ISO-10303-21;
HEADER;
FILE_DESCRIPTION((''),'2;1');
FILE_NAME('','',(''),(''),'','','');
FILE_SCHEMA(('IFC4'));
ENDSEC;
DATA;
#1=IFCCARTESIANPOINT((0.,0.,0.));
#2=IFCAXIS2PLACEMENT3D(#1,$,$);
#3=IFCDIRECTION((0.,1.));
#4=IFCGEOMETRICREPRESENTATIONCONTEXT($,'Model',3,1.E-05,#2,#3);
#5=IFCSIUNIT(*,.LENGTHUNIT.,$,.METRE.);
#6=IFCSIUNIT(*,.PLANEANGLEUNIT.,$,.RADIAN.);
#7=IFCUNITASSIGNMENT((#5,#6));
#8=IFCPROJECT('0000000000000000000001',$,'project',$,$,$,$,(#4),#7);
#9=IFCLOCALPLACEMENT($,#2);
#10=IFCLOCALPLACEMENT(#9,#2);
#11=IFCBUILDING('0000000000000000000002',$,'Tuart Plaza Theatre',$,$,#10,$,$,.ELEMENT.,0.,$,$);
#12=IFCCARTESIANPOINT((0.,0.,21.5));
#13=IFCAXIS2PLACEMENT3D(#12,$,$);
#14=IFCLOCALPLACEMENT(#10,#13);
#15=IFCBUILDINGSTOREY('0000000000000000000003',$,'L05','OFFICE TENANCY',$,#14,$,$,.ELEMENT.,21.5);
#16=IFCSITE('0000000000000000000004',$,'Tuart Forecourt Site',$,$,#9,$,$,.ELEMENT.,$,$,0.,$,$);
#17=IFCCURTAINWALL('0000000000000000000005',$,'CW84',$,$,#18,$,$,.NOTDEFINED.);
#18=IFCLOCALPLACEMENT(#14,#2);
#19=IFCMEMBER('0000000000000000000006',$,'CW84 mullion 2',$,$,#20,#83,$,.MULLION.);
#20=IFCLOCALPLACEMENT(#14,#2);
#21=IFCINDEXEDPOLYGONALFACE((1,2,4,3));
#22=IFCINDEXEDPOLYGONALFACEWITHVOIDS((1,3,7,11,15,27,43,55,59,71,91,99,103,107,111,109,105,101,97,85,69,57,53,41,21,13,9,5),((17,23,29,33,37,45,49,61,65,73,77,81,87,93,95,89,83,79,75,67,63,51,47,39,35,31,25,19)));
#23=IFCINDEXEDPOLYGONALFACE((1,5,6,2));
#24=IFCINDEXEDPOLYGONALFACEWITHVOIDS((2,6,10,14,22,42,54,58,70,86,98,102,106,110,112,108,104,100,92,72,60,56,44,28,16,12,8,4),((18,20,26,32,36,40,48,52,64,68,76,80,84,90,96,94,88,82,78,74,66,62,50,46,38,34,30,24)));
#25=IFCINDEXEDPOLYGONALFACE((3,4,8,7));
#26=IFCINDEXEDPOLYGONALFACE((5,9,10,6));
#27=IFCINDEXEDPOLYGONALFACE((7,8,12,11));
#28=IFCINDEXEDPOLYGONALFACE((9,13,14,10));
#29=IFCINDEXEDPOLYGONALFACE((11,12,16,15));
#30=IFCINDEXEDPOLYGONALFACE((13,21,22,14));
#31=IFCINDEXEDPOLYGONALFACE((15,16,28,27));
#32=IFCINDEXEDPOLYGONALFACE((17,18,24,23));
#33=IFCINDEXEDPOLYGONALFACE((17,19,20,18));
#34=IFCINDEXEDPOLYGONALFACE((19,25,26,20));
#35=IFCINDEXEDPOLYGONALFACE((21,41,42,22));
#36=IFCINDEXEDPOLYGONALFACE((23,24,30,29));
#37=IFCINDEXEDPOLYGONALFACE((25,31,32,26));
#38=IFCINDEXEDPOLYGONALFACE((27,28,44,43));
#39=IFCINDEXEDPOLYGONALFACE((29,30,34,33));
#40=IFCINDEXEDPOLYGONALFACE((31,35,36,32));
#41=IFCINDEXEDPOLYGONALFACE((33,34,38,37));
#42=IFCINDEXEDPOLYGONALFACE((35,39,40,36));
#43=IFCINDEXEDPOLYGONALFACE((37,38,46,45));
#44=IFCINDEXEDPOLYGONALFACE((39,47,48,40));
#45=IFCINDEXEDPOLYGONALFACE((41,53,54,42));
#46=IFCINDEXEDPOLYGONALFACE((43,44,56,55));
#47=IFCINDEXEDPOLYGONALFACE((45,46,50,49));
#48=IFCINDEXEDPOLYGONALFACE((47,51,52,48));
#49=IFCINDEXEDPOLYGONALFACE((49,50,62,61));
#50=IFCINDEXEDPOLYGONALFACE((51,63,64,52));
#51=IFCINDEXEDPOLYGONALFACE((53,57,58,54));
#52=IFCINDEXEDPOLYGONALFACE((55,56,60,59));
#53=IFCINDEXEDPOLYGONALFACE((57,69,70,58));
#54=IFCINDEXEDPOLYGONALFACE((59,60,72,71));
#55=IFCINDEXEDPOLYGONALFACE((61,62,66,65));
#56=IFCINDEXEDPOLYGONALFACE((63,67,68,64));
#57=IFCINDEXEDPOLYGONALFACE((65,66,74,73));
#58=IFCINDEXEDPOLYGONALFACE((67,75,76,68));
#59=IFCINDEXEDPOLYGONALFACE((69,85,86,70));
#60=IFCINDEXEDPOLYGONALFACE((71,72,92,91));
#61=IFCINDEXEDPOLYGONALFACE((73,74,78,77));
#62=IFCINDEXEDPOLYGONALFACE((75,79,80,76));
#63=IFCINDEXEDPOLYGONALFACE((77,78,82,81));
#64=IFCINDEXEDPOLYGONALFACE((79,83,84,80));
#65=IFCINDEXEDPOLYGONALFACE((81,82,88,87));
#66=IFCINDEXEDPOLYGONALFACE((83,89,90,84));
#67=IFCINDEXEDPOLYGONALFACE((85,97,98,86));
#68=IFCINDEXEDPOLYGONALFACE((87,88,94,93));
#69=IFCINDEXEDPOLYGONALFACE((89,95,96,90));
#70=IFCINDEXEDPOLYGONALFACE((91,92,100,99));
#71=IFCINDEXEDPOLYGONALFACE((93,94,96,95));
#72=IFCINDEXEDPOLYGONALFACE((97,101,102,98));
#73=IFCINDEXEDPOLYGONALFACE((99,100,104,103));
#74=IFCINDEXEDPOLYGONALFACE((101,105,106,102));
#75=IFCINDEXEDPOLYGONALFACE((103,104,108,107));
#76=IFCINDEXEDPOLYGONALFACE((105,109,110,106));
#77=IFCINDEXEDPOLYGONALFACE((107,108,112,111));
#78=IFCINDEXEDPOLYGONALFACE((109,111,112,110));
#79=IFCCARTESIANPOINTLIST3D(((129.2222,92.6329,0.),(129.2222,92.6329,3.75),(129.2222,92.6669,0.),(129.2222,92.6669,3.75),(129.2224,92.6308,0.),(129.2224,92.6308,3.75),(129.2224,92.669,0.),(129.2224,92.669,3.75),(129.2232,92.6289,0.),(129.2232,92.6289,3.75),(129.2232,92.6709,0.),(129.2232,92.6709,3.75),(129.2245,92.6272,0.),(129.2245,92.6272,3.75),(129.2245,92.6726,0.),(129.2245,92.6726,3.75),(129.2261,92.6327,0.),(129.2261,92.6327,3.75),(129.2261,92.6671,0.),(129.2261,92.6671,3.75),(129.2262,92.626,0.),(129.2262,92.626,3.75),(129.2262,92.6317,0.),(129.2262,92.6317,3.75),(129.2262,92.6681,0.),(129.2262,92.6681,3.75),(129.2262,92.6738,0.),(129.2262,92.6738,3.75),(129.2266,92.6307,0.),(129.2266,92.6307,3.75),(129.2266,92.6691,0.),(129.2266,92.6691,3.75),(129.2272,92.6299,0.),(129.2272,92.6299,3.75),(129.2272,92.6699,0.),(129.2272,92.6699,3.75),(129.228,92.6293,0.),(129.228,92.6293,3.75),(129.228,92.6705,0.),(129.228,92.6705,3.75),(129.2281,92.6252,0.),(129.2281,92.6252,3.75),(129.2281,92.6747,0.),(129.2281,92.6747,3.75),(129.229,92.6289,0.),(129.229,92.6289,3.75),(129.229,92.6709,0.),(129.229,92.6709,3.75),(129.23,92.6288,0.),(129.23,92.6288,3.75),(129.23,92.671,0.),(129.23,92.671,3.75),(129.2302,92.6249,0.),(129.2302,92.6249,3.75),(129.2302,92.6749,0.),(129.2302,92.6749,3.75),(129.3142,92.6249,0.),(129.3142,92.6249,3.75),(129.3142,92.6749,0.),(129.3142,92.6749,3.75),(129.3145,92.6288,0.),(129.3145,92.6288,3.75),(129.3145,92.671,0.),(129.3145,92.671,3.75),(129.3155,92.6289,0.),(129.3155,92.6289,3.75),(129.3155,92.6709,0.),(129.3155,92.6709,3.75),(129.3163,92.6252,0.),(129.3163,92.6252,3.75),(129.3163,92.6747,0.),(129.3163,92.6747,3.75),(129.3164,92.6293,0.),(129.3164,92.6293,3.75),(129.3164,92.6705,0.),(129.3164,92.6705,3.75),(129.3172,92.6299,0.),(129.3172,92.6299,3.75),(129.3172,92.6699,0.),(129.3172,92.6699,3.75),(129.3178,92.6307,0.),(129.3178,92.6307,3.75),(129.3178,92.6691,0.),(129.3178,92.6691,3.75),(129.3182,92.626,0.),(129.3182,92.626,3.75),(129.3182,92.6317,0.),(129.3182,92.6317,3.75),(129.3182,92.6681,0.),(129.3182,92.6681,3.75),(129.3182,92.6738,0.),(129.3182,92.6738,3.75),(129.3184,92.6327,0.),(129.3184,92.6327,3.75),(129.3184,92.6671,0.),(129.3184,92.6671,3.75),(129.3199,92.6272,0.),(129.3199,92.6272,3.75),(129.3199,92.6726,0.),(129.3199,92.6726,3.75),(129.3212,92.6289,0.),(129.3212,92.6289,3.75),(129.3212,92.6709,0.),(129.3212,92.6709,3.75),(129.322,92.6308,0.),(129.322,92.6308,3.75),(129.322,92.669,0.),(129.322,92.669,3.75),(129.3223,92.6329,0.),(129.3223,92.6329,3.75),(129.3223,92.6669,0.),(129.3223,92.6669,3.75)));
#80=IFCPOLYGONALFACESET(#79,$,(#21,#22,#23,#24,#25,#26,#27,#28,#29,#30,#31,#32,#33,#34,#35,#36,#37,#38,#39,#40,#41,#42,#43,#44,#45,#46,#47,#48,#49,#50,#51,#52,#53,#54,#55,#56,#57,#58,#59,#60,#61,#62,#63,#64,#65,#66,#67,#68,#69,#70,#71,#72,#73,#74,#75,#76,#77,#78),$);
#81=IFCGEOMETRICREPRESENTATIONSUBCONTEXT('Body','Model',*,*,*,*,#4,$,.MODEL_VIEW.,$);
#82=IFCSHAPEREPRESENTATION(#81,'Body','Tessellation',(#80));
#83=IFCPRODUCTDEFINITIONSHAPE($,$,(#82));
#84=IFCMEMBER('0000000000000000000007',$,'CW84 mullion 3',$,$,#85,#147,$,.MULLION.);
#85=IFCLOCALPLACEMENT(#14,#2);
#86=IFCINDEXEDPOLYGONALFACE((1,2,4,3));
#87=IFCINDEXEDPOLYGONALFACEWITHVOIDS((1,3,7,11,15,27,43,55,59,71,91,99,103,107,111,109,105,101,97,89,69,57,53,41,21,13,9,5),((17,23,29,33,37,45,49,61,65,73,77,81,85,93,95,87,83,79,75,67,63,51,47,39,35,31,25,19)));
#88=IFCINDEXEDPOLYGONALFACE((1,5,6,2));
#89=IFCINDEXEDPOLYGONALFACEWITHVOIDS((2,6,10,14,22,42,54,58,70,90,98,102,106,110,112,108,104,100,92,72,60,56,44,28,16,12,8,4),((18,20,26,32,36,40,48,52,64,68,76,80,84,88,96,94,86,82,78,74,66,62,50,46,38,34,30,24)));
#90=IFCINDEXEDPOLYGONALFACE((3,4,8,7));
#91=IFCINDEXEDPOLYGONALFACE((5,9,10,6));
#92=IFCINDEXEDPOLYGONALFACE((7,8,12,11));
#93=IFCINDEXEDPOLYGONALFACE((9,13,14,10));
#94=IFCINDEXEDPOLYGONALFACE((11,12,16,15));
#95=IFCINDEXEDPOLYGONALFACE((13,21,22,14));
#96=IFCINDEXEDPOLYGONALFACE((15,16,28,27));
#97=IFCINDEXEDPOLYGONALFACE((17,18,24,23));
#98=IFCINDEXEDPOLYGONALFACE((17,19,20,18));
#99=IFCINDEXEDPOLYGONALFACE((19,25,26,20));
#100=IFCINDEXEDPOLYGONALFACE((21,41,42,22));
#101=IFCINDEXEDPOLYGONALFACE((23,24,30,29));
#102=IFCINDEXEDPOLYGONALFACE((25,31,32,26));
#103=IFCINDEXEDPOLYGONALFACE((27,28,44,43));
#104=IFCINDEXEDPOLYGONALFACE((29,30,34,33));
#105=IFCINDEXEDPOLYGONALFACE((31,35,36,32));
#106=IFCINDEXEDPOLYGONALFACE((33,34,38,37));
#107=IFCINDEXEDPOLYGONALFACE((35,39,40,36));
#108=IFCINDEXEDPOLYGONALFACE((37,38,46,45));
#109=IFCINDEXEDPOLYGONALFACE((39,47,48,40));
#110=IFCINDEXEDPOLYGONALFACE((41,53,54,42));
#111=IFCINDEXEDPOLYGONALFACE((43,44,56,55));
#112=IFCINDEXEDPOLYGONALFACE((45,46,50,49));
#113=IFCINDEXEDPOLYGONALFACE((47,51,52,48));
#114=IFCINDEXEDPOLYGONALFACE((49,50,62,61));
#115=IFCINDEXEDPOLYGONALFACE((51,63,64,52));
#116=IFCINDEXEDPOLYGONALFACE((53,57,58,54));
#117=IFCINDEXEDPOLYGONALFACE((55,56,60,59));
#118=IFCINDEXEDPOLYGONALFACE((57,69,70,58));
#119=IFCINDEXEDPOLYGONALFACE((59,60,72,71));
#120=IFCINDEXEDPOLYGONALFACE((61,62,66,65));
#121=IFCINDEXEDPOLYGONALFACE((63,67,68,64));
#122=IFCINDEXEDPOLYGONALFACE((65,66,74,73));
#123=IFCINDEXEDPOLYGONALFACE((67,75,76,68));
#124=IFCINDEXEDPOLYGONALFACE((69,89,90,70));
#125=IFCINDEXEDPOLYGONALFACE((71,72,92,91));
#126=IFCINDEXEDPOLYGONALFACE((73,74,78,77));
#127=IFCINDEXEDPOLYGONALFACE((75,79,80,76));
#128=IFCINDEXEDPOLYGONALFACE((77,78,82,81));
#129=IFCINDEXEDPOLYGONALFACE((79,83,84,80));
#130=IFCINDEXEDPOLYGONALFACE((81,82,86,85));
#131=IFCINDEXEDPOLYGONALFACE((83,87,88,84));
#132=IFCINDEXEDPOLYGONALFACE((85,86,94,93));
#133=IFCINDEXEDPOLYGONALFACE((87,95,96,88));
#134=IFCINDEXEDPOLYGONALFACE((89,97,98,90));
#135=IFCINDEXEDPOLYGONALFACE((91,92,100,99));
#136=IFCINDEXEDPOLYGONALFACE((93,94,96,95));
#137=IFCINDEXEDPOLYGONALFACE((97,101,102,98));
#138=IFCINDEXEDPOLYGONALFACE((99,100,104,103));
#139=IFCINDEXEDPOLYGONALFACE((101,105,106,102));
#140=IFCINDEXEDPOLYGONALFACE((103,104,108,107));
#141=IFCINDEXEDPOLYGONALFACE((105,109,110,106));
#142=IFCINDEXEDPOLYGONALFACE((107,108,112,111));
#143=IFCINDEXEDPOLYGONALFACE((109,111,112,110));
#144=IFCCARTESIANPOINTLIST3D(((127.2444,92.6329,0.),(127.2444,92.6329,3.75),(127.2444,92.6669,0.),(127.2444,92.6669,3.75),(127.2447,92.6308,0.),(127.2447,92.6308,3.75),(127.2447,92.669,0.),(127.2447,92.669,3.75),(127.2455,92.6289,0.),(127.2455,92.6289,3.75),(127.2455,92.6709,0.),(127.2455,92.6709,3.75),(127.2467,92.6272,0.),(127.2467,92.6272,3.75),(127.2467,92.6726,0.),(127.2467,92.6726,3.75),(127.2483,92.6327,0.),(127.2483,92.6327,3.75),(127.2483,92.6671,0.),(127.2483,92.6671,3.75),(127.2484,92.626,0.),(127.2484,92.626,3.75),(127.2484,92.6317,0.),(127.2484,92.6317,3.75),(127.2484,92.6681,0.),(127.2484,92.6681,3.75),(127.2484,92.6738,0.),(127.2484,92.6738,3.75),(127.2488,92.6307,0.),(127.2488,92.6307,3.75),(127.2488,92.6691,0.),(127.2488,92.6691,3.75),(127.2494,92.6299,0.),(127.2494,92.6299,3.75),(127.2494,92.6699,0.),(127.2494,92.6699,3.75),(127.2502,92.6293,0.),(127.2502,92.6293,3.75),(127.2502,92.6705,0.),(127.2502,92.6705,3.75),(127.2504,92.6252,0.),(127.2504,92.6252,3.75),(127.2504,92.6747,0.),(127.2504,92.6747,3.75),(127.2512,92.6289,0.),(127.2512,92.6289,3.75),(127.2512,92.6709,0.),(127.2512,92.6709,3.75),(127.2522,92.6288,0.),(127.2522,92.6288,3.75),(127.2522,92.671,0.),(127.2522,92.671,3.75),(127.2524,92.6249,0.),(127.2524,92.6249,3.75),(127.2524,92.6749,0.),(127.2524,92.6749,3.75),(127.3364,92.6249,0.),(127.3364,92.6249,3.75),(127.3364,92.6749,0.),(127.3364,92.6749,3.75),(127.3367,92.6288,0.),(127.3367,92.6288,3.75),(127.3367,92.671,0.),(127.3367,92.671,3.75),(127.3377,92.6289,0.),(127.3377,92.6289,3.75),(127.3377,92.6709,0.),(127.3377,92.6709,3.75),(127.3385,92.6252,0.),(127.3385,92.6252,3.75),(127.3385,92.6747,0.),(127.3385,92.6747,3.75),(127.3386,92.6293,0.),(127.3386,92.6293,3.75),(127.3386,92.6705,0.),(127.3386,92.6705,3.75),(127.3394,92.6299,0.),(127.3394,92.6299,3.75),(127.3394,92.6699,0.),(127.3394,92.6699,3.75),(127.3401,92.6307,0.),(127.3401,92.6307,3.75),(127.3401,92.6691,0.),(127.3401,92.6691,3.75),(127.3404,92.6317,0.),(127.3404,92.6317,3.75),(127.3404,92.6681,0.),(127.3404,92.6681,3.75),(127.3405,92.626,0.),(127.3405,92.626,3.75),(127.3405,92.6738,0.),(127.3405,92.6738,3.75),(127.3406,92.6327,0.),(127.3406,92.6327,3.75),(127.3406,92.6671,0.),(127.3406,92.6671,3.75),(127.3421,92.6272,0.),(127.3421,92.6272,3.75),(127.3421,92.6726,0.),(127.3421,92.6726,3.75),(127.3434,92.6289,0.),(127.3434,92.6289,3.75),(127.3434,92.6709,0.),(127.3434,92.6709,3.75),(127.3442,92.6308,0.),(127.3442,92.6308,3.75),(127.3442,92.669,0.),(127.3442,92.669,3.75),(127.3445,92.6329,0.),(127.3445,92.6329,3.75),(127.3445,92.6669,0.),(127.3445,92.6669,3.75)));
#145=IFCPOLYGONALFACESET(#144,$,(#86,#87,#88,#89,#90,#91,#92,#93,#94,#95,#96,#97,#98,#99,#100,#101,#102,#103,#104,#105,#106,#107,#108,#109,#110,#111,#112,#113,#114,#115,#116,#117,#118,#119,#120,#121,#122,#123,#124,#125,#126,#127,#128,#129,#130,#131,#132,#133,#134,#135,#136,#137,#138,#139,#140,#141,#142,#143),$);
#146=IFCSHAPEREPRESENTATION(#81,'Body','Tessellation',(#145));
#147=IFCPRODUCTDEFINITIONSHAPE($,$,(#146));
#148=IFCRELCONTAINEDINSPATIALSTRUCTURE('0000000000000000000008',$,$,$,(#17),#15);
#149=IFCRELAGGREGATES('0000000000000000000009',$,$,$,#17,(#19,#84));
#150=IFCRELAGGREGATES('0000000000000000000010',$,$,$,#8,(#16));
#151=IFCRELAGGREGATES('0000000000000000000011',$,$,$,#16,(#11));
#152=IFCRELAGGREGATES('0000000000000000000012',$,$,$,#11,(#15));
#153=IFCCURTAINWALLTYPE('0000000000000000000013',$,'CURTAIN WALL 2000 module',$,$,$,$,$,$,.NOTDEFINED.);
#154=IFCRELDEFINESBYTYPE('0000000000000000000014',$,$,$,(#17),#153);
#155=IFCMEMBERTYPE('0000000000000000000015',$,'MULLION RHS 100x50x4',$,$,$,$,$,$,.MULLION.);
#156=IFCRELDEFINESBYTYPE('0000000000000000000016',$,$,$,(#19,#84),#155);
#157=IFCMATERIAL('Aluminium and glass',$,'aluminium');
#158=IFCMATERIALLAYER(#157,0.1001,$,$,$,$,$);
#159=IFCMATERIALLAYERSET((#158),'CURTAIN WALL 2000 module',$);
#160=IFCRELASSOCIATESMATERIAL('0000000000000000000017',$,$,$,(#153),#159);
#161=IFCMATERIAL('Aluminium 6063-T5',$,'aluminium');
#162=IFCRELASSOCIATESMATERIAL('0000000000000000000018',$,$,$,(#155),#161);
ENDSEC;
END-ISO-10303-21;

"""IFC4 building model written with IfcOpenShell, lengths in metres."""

from ifc_helpers import new_model, si_unit, direction, frame, origin, origin_2d, place, context, subcontext, project, spatial, hollow_rectangle, extrude, material, layer, layer_set, material_profile, profile_set, type_object, element, aggregate, save


model = new_model("IFC4")

# Units and contexts
model_context = context("Model", 3, precision=1e-05, world=origin(), true_north=direction((0.0, 1.0)))
body_context = subcontext(model_context, "Body", "Model", "MODEL_VIEW")
ifc_project = project(units=[si_unit("LENGTHUNIT", "METRE"), si_unit("PLANEANGLEUNIT", "RADIAN")], contexts=[model_context])

# Site, building, storey
site_placement = place(None, origin())
site = spatial("IfcSite", under=ifc_project, at=site_placement, Name="Tuart Forecourt Site", CompositionType="ELEMENT", RefElevation=0.0)
building_placement = place(site_placement, origin())
building = spatial("IfcBuilding", under=site, at=building_placement, Name="Tuart Plaza Theatre", CompositionType="ELEMENT", ElevationOfRefHeight=0.0)
storey_placement = place(building_placement, frame((0.0, 0.0, 21.5)))
storey = spatial("IfcBuildingStorey", under=building, at=storey_placement, Name="L05", Description="OFFICE TENANCY", CompositionType="ELEMENT", Elevation=21.5)

# Shared definitions
ifc_material_1 = material(Name="Aluminium and glass", Category="aluminium")
ifc_layer_1 = layer(ifc_material_1, 0.1001)
ifc_layer_set_1 = layer_set([ifc_layer_1], Name="CURTAIN WALL 2000 module")
curtain_wall_type = type_object("IfcCurtainWallType", Name="CURTAIN WALL 2000 module", PredefinedType="NOTDEFINED", material=ifc_layer_set_1)
ifc_material_2 = material(Name="Aluminium 6063-T5", Category="aluminium")
ifc_material_profile_1 = material_profile(ifc_material_2, hollow_rectangle(XDim=0.05, YDim=0.1001, WallThickness=0.0039, InnerFilletRadius=0.0039, OuterFilletRadius=0.0081, at=origin_2d()), Name="RHS 100x50x4")
ifc_profile_set_1 = profile_set([ifc_material_profile_1], Name="Aluminium 6063-T5")
member_type_1 = type_object("IfcMemberType", Name="MULLION RHS 100x50x4", PredefinedType="MULLION", material=ifc_profile_set_1)

# Curtain wall, members
curtain_wall_1_placement = place(storey_placement, origin())
curtain_wall_1 = element("IfcCurtainWall", 1, at=curtain_wall_1_placement, inside=storey, type_object=curtain_wall_type, Name="CW84", PredefinedType="NOTDEFINED")
member_1_placement = place(storey_placement, frame((129.2722, 92.6499, 0.0), z_axis=(0.0, 0.0, 1.0), x_axis=(0.0, -1.0, 0.0)))
member_1 = element("IfcMember", 2, at=member_1_placement, type_object=member_type_1, Name="CW84 mullion 2", PredefinedType="MULLION", context=body_context, shape_type="SweptSolid", body=[
    extrude(hollow_rectangle(XDim=0.05, YDim=0.1001, WallThickness=0.0039, InnerFilletRadius=0.0039, OuterFilletRadius=0.0081, at=origin_2d()), origin(), (0.0, 0.0, 1.0), 3.75),
])
member_2_placement = place(storey_placement, frame((127.2944, 92.6499, 0.0), z_axis=(0.0, 0.0, 1.0), x_axis=(0.0, -1.0, 0.0)))
member_2 = element("IfcMember", 3, at=member_2_placement, type_object=member_type_1, Name="CW84 mullion 3", PredefinedType="MULLION", context=body_context, shape_type="SweptSolid", body=[
    extrude(hollow_rectangle(XDim=0.05, YDim=0.1001, WallThickness=0.0039, InnerFilletRadius=0.0039, OuterFilletRadius=0.0081, at=origin_2d()), origin(), (0.0, 0.0, 1.0), 3.75),
])

aggregate(curtain_wall_1, [member_1, member_2])

save(model, "model.ifc")
